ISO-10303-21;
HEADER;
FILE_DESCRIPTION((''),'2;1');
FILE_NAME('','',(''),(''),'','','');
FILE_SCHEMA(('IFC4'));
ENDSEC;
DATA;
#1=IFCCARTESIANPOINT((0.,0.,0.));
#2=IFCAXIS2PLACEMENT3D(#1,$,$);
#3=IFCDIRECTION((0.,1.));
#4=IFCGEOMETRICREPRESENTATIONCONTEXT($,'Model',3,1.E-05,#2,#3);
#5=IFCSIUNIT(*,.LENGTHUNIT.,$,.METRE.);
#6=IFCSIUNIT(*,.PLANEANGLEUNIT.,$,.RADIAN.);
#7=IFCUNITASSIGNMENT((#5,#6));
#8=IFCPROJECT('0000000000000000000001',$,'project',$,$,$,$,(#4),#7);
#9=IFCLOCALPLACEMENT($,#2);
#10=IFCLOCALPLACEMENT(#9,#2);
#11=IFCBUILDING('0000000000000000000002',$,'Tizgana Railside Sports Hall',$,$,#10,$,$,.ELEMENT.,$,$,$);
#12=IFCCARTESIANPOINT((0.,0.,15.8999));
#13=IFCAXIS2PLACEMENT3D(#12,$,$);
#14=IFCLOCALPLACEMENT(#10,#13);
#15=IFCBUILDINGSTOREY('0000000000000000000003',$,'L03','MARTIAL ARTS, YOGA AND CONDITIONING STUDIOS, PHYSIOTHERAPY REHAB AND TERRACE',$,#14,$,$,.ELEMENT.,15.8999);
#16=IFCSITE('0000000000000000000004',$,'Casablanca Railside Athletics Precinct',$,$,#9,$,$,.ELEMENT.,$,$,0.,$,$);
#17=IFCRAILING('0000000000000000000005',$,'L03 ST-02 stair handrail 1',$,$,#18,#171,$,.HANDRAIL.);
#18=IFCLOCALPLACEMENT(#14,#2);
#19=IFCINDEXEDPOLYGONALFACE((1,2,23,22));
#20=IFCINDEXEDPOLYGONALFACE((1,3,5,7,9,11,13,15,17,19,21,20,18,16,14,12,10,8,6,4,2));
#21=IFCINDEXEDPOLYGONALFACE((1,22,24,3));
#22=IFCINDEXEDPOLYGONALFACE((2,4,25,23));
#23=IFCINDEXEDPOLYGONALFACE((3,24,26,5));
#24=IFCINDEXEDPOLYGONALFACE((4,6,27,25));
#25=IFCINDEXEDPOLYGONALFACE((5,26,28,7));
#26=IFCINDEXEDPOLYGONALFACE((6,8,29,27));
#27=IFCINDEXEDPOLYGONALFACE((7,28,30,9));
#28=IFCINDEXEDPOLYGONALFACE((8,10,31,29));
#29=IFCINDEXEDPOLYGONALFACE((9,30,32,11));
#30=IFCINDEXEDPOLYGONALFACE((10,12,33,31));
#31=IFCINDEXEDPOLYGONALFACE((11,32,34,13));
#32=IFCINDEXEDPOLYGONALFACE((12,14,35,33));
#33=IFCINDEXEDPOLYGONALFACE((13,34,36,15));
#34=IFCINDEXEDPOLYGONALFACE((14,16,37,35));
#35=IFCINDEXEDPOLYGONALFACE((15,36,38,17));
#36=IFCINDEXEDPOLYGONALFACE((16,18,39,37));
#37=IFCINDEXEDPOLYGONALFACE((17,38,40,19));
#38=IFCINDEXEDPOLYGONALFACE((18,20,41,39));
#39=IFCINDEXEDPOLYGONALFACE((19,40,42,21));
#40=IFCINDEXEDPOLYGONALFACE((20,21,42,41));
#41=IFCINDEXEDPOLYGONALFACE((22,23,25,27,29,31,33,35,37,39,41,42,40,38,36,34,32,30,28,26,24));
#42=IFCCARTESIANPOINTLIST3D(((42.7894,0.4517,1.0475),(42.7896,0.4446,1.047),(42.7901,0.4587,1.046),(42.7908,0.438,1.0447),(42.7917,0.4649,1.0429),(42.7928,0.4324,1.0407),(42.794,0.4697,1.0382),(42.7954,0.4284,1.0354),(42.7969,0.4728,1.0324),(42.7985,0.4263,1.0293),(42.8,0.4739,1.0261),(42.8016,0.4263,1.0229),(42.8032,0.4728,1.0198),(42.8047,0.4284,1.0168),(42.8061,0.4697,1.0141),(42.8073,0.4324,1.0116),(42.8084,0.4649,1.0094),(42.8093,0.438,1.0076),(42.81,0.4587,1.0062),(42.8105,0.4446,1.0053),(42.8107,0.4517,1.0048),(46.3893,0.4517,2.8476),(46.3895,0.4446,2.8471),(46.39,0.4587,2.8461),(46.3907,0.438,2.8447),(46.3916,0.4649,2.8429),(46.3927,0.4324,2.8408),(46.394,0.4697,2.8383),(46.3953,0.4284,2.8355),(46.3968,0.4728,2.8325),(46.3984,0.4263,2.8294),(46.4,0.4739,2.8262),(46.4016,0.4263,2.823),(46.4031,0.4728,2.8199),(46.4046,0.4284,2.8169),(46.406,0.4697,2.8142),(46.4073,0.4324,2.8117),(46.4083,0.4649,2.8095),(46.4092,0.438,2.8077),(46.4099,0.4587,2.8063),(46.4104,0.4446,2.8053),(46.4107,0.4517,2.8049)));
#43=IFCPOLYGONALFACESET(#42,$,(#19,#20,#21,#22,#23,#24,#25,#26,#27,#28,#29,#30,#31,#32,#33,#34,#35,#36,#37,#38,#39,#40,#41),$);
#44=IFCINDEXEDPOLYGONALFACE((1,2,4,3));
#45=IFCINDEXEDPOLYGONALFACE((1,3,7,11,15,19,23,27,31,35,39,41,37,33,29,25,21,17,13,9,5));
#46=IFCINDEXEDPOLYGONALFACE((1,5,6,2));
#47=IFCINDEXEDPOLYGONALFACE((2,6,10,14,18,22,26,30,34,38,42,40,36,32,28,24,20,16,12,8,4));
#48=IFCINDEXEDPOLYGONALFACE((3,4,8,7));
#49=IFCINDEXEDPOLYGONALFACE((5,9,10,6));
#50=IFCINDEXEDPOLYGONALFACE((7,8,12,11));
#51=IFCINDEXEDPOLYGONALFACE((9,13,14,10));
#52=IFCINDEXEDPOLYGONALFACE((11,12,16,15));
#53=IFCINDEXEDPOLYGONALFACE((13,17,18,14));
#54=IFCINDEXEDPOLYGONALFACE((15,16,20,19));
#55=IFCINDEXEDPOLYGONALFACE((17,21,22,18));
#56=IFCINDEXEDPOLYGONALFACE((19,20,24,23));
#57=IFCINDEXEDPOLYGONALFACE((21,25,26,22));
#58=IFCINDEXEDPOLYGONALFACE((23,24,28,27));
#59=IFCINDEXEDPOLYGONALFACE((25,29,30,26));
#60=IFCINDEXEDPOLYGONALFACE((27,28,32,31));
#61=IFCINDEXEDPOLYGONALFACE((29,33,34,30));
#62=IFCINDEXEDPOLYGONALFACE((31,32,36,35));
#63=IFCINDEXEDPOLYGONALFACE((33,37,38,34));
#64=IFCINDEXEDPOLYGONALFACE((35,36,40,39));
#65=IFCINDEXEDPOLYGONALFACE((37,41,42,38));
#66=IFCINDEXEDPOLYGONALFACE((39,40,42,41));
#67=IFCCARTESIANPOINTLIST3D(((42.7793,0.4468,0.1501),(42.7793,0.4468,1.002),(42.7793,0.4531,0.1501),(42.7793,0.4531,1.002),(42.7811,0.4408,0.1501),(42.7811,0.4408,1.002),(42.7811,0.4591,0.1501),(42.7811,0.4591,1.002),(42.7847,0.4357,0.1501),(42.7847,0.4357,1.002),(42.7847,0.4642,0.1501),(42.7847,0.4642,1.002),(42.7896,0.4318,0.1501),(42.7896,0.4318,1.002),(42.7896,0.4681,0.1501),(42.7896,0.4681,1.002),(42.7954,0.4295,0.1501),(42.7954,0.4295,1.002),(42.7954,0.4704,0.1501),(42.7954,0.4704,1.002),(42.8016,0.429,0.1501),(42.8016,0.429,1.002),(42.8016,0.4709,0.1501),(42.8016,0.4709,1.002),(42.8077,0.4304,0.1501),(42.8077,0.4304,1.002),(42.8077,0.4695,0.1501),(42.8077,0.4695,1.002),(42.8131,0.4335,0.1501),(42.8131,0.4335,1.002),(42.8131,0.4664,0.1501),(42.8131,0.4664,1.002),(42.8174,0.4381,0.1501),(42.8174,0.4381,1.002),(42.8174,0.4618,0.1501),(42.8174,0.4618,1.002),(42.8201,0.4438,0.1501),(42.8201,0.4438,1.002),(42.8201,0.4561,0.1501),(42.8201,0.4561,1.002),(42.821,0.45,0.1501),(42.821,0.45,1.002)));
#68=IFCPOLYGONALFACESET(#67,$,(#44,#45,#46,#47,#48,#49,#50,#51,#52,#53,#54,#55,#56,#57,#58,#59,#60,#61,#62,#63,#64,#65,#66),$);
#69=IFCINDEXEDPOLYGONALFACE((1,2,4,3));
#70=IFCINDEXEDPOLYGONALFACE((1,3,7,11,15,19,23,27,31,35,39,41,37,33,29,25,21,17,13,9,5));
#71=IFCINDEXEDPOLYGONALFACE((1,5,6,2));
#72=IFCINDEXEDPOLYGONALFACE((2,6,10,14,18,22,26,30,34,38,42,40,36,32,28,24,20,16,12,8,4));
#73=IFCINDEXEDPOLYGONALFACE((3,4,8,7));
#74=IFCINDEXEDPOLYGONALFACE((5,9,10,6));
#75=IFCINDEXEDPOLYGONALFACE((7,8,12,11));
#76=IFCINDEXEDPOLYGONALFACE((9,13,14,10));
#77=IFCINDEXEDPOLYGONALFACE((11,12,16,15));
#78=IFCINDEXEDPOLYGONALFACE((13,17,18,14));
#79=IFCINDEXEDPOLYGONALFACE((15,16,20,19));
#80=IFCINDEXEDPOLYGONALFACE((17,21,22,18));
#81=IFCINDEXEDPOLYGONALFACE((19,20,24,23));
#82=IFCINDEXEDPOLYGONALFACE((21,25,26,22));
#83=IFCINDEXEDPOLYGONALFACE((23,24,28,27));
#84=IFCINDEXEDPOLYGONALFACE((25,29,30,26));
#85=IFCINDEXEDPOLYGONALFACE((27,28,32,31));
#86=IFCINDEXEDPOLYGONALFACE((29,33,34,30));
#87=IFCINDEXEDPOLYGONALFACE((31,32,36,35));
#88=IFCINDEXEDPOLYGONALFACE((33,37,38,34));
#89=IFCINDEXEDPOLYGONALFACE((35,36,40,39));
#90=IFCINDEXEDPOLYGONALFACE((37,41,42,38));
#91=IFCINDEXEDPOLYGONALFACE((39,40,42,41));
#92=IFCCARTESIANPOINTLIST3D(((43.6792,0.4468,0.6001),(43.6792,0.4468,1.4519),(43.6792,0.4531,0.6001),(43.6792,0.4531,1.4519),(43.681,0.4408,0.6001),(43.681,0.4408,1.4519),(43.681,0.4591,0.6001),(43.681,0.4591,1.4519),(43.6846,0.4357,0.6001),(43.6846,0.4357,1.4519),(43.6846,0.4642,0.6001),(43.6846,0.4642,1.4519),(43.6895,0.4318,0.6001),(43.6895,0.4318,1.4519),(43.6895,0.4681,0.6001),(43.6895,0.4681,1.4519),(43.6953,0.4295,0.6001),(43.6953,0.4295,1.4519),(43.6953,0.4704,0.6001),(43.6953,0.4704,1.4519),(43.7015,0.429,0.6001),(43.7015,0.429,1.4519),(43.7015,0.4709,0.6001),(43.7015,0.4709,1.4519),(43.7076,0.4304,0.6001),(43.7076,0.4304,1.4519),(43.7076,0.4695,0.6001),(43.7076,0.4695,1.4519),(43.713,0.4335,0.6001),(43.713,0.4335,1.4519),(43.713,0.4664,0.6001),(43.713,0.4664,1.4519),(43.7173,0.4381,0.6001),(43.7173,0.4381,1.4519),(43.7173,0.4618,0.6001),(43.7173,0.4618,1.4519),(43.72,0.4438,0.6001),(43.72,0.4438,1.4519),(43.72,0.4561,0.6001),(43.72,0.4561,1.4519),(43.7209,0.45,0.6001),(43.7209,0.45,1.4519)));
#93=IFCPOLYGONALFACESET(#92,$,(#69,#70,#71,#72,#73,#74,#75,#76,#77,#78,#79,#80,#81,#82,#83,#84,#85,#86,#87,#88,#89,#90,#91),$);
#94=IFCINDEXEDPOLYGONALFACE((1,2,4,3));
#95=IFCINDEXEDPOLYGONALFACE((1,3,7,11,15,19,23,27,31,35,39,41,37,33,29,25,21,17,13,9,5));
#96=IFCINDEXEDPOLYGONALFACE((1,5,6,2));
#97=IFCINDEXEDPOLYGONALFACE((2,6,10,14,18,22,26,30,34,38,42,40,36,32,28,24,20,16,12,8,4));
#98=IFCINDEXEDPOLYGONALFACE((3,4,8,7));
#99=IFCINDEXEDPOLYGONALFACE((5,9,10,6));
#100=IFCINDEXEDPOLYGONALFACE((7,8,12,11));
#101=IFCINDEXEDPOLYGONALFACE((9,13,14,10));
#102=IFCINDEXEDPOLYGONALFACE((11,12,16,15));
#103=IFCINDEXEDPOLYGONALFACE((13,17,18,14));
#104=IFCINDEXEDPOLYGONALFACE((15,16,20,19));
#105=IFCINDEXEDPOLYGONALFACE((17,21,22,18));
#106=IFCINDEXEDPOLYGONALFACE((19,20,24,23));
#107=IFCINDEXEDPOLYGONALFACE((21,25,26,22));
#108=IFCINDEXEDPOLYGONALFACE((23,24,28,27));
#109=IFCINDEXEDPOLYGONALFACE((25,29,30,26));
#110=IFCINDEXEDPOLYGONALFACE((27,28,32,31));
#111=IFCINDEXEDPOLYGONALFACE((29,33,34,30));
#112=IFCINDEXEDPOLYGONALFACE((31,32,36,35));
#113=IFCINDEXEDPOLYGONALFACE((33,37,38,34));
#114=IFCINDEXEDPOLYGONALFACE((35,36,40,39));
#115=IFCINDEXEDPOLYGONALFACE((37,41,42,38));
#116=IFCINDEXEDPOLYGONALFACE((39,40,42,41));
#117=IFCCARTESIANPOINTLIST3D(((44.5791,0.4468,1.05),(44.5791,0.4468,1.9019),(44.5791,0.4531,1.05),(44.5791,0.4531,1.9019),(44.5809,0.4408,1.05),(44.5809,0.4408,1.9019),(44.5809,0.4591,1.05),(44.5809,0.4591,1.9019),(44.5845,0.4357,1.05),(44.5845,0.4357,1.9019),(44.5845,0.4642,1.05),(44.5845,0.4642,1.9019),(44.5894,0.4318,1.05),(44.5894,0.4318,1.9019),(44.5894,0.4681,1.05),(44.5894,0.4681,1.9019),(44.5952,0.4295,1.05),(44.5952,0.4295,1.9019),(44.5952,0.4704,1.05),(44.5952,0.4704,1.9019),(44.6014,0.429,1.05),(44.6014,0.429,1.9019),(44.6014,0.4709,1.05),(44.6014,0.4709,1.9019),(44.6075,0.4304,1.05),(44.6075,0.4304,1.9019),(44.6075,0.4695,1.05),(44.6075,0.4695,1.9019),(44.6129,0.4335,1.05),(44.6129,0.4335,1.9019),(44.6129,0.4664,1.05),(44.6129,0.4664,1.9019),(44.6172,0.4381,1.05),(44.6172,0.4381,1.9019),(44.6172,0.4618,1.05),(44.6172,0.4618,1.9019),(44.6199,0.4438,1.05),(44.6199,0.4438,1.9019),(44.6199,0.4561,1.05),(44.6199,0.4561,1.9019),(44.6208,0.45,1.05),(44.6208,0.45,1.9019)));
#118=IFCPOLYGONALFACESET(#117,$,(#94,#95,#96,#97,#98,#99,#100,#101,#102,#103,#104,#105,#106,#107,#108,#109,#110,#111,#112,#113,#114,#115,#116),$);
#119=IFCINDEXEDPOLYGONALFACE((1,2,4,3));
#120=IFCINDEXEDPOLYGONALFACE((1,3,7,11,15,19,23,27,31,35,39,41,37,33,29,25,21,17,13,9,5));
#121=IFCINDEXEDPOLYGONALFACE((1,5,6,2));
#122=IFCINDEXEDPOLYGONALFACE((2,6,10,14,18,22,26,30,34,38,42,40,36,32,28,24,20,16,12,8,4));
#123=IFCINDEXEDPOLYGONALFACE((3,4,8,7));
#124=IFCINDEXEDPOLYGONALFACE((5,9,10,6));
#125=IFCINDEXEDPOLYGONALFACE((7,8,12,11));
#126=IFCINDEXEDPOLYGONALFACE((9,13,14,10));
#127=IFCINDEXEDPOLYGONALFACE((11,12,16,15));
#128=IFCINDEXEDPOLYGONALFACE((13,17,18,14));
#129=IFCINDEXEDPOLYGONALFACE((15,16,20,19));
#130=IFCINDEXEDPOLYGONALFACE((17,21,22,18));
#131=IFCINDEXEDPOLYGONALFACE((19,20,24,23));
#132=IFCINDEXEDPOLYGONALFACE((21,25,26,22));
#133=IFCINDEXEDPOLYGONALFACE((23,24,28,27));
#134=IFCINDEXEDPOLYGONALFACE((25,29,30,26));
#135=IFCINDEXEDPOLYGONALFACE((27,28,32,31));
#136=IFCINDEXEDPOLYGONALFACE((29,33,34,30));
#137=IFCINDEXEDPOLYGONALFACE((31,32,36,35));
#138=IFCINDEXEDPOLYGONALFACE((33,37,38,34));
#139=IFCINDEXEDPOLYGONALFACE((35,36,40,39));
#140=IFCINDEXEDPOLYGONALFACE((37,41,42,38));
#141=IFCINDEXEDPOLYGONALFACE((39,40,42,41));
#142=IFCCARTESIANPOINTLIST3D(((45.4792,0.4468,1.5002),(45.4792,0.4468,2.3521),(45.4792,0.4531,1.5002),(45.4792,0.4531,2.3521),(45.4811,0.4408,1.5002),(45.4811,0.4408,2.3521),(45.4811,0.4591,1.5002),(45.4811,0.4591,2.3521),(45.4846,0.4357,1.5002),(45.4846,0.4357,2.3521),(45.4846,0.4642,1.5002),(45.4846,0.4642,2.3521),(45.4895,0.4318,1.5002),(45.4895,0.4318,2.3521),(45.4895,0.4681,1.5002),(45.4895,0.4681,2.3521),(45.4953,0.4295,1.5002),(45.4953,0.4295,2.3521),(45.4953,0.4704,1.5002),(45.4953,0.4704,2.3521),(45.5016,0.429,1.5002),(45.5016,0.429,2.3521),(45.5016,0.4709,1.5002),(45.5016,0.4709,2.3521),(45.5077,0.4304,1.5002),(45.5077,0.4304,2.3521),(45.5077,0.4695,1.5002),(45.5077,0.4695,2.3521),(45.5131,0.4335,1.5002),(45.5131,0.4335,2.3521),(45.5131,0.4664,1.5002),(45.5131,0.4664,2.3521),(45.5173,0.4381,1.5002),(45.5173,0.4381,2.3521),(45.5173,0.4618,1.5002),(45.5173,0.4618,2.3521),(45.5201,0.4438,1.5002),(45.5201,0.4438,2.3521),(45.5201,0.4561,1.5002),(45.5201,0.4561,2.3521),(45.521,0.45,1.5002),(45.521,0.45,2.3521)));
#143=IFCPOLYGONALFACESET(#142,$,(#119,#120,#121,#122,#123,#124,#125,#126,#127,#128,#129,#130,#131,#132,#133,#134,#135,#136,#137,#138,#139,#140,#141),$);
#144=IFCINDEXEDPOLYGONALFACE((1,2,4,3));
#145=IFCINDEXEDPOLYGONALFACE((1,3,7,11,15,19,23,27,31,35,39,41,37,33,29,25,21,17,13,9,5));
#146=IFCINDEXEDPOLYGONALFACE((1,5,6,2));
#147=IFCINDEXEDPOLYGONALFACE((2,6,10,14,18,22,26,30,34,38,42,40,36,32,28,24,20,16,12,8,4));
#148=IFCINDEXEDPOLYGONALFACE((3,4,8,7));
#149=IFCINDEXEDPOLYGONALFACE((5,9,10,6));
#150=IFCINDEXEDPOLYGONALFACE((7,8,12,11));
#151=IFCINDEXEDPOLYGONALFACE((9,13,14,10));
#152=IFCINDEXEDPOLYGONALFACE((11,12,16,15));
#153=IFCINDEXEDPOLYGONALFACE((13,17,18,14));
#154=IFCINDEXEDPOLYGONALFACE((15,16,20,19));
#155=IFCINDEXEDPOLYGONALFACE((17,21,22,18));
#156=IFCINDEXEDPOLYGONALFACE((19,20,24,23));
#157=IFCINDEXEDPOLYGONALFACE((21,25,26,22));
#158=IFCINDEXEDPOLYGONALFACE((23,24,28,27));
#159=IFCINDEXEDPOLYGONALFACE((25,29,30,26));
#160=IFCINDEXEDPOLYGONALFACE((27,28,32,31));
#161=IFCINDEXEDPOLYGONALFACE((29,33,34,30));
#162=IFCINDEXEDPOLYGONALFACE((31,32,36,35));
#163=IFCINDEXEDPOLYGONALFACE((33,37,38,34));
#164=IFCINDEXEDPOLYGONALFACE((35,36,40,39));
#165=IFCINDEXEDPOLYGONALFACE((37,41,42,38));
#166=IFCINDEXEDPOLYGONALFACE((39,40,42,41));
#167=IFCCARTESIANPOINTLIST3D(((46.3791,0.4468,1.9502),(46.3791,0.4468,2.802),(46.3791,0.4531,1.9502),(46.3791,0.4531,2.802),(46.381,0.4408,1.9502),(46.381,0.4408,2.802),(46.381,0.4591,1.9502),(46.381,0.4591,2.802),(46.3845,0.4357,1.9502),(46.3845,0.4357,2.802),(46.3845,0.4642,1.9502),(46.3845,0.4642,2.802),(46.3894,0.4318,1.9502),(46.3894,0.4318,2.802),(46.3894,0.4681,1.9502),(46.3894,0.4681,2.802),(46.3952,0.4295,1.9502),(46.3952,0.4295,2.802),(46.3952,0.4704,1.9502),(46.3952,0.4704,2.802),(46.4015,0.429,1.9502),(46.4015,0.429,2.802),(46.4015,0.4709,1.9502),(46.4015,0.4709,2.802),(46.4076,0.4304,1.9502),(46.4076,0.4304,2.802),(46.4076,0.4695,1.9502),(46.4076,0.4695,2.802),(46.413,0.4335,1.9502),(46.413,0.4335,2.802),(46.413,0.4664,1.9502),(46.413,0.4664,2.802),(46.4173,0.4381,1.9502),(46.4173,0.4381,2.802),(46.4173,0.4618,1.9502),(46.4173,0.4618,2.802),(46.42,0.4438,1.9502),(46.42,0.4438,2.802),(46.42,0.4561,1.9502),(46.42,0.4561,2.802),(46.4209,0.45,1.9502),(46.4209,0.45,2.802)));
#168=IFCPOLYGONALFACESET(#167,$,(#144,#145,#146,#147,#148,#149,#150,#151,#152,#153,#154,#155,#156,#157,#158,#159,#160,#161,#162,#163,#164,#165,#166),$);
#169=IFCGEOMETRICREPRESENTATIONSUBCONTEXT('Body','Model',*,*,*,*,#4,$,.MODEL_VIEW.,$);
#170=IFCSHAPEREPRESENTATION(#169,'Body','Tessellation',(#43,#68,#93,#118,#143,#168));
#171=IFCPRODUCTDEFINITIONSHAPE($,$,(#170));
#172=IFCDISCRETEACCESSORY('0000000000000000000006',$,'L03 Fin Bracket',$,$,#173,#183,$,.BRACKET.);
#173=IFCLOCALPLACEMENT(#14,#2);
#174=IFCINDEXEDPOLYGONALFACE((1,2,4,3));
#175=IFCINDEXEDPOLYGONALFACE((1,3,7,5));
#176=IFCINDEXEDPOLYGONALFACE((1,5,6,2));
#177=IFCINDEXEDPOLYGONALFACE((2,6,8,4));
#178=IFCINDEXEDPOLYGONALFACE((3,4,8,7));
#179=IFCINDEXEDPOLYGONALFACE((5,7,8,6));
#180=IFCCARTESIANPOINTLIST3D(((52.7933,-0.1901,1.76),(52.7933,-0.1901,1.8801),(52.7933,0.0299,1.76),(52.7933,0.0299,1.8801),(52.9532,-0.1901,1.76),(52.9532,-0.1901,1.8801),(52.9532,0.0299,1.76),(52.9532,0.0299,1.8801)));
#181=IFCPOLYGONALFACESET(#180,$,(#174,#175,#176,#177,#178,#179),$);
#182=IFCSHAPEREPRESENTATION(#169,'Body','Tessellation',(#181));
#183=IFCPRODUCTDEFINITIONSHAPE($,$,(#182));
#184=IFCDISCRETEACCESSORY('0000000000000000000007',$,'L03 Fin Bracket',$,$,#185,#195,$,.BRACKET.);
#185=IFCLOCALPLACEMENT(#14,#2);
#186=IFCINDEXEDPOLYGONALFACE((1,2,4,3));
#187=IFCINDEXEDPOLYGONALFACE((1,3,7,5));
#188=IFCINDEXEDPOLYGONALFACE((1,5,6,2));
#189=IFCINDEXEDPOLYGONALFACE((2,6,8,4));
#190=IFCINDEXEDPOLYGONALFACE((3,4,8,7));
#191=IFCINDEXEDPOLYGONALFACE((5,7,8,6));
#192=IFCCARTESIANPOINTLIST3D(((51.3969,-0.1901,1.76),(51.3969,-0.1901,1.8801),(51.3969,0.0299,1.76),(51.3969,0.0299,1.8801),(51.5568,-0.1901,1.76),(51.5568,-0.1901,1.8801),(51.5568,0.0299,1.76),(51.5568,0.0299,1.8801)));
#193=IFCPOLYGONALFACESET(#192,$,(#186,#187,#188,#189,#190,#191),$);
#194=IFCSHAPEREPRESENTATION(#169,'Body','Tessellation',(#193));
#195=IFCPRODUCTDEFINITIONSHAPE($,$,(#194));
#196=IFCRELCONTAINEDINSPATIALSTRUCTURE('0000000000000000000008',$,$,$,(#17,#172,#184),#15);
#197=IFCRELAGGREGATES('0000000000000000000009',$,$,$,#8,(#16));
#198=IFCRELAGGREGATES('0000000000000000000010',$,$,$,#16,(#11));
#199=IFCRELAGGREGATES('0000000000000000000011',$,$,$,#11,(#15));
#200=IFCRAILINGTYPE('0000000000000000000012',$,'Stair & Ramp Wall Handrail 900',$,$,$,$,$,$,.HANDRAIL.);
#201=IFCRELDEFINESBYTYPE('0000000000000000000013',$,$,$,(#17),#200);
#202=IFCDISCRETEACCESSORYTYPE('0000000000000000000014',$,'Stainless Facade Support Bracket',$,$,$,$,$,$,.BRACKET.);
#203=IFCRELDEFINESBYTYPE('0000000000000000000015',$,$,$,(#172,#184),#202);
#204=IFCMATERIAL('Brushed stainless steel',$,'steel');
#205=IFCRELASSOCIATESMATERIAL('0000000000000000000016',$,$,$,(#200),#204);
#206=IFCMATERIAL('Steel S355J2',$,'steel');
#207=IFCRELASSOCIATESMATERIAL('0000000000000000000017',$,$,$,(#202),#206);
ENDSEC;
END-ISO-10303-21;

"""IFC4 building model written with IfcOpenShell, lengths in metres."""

from ifc_helpers import new_model, si_unit, direction, frame, origin, origin_2d, place, context, subcontext, project, spatial, rectangle, circle, extrude, material, type_object, element, save


model = new_model("IFC4")

# Units and contexts
model_context = context("Model", 3, precision=1e-05, world=origin(), true_north=direction((0.0, 1.0)))
body_context = subcontext(model_context, "Body", "Model", "MODEL_VIEW")
ifc_project = project(units=[si_unit("LENGTHUNIT", "METRE"), si_unit("PLANEANGLEUNIT", "RADIAN")], contexts=[model_context])

# Site, building, storey
site_placement = place(None, origin())
site = spatial("IfcSite", under=ifc_project, at=site_placement, Name="Casablanca Railside Athletics Precinct", CompositionType="ELEMENT", RefElevation=0.0)
building_placement = place(site_placement, origin())
building = spatial("IfcBuilding", under=site, at=building_placement, Name="Tizgana Railside Sports Hall", CompositionType="ELEMENT")
storey_placement = place(building_placement, frame((0.0, 0.0, 15.8999)))
storey = spatial("IfcBuildingStorey", under=building, at=storey_placement, Name="L03", Description="MARTIAL ARTS, YOGA AND CONDITIONING STUDIOS, PHYSIOTHERAPY REHAB AND TERRACE", CompositionType="ELEMENT", Elevation=15.8999)

# Shared definitions
ifc_material_1 = material(Name="Steel S355J2", Category="steel")

# Railing
ifc_material_2 = material(Name="Brushed stainless steel", Category="steel")
railing_type = type_object("IfcRailingType", Name="Stair & Ramp Wall Handrail 900", PredefinedType="HANDRAIL", material=ifc_material_2)
railing_placement = place(storey_placement, frame((42.8, 0.45, 0.1501)))
element("IfcRailing", 1, at=railing_placement, inside=storey, type_object=railing_type, Name="L03 ST-02 stair handrail 1", PredefinedType="HANDRAIL", context=body_context, shape_type="SweptSolid", body=[
    extrude(circle(Radius=0.0239, at=origin_2d()), frame((0.0, 0.0, 0.876), z_axis=(0.894415, 0.0, 0.447238), x_axis=(0.0, 1.0, 0.0)), (0.0, 0.0, 1.0), 4.0249),
    extrude(circle(Radius=0.021, at=origin_2d()), origin(), (0.0, 0.0, 1.0), 0.8518),
    extrude(circle(Radius=0.021, at=origin_2d()), frame((0.8999, 0.0, 0.45)), (0.0, 0.0, 1.0), 0.8518),
    extrude(circle(Radius=0.021, at=origin_2d()), frame((1.7998, 0.0, 0.8999)), (0.0, 0.0, 1.0), 0.8518),
    extrude(circle(Radius=0.021, at=origin_2d()), frame((2.7, 0.0, 1.3501)), (0.0, 0.0, 1.0), 0.8518),
    extrude(circle(Radius=0.021, at=origin_2d()), frame((3.5999, 0.0, 1.8)), (0.0, 0.0, 1.0), 0.8518),
])

# Discrete accessories
discrete_accessory_type = type_object("IfcDiscreteAccessoryType", Name="Stainless Facade Support Bracket", PredefinedType="BRACKET", material=ifc_material_1)
for number, where, z_axis, x_axis, name in (
    (2, (52.8733, -0.0801, 1.76), (0.0, 0.0, 1.0), (-1.0, 0.0, 0.0), "L03 Fin Bracket"),
    (3, (51.4768, -0.0801, 1.76), (0.0, 0.0, 1.0), (-1.0, 0.0, 0.0), "L03 Fin Bracket"),
):
    element("IfcDiscreteAccessory", number, at=place(storey_placement, frame(where, z_axis=z_axis, x_axis=x_axis)), inside=storey, type_object=discrete_accessory_type, Name=name, PredefinedType="BRACKET", context=body_context, shape_type="SweptSolid", body=[
        extrude(rectangle(XDim=0.1599, YDim=0.22, at=origin_2d()), origin(), (0.0, 0.0, 1.0), 0.1201),
    ])

save(model, "model.ifc")
